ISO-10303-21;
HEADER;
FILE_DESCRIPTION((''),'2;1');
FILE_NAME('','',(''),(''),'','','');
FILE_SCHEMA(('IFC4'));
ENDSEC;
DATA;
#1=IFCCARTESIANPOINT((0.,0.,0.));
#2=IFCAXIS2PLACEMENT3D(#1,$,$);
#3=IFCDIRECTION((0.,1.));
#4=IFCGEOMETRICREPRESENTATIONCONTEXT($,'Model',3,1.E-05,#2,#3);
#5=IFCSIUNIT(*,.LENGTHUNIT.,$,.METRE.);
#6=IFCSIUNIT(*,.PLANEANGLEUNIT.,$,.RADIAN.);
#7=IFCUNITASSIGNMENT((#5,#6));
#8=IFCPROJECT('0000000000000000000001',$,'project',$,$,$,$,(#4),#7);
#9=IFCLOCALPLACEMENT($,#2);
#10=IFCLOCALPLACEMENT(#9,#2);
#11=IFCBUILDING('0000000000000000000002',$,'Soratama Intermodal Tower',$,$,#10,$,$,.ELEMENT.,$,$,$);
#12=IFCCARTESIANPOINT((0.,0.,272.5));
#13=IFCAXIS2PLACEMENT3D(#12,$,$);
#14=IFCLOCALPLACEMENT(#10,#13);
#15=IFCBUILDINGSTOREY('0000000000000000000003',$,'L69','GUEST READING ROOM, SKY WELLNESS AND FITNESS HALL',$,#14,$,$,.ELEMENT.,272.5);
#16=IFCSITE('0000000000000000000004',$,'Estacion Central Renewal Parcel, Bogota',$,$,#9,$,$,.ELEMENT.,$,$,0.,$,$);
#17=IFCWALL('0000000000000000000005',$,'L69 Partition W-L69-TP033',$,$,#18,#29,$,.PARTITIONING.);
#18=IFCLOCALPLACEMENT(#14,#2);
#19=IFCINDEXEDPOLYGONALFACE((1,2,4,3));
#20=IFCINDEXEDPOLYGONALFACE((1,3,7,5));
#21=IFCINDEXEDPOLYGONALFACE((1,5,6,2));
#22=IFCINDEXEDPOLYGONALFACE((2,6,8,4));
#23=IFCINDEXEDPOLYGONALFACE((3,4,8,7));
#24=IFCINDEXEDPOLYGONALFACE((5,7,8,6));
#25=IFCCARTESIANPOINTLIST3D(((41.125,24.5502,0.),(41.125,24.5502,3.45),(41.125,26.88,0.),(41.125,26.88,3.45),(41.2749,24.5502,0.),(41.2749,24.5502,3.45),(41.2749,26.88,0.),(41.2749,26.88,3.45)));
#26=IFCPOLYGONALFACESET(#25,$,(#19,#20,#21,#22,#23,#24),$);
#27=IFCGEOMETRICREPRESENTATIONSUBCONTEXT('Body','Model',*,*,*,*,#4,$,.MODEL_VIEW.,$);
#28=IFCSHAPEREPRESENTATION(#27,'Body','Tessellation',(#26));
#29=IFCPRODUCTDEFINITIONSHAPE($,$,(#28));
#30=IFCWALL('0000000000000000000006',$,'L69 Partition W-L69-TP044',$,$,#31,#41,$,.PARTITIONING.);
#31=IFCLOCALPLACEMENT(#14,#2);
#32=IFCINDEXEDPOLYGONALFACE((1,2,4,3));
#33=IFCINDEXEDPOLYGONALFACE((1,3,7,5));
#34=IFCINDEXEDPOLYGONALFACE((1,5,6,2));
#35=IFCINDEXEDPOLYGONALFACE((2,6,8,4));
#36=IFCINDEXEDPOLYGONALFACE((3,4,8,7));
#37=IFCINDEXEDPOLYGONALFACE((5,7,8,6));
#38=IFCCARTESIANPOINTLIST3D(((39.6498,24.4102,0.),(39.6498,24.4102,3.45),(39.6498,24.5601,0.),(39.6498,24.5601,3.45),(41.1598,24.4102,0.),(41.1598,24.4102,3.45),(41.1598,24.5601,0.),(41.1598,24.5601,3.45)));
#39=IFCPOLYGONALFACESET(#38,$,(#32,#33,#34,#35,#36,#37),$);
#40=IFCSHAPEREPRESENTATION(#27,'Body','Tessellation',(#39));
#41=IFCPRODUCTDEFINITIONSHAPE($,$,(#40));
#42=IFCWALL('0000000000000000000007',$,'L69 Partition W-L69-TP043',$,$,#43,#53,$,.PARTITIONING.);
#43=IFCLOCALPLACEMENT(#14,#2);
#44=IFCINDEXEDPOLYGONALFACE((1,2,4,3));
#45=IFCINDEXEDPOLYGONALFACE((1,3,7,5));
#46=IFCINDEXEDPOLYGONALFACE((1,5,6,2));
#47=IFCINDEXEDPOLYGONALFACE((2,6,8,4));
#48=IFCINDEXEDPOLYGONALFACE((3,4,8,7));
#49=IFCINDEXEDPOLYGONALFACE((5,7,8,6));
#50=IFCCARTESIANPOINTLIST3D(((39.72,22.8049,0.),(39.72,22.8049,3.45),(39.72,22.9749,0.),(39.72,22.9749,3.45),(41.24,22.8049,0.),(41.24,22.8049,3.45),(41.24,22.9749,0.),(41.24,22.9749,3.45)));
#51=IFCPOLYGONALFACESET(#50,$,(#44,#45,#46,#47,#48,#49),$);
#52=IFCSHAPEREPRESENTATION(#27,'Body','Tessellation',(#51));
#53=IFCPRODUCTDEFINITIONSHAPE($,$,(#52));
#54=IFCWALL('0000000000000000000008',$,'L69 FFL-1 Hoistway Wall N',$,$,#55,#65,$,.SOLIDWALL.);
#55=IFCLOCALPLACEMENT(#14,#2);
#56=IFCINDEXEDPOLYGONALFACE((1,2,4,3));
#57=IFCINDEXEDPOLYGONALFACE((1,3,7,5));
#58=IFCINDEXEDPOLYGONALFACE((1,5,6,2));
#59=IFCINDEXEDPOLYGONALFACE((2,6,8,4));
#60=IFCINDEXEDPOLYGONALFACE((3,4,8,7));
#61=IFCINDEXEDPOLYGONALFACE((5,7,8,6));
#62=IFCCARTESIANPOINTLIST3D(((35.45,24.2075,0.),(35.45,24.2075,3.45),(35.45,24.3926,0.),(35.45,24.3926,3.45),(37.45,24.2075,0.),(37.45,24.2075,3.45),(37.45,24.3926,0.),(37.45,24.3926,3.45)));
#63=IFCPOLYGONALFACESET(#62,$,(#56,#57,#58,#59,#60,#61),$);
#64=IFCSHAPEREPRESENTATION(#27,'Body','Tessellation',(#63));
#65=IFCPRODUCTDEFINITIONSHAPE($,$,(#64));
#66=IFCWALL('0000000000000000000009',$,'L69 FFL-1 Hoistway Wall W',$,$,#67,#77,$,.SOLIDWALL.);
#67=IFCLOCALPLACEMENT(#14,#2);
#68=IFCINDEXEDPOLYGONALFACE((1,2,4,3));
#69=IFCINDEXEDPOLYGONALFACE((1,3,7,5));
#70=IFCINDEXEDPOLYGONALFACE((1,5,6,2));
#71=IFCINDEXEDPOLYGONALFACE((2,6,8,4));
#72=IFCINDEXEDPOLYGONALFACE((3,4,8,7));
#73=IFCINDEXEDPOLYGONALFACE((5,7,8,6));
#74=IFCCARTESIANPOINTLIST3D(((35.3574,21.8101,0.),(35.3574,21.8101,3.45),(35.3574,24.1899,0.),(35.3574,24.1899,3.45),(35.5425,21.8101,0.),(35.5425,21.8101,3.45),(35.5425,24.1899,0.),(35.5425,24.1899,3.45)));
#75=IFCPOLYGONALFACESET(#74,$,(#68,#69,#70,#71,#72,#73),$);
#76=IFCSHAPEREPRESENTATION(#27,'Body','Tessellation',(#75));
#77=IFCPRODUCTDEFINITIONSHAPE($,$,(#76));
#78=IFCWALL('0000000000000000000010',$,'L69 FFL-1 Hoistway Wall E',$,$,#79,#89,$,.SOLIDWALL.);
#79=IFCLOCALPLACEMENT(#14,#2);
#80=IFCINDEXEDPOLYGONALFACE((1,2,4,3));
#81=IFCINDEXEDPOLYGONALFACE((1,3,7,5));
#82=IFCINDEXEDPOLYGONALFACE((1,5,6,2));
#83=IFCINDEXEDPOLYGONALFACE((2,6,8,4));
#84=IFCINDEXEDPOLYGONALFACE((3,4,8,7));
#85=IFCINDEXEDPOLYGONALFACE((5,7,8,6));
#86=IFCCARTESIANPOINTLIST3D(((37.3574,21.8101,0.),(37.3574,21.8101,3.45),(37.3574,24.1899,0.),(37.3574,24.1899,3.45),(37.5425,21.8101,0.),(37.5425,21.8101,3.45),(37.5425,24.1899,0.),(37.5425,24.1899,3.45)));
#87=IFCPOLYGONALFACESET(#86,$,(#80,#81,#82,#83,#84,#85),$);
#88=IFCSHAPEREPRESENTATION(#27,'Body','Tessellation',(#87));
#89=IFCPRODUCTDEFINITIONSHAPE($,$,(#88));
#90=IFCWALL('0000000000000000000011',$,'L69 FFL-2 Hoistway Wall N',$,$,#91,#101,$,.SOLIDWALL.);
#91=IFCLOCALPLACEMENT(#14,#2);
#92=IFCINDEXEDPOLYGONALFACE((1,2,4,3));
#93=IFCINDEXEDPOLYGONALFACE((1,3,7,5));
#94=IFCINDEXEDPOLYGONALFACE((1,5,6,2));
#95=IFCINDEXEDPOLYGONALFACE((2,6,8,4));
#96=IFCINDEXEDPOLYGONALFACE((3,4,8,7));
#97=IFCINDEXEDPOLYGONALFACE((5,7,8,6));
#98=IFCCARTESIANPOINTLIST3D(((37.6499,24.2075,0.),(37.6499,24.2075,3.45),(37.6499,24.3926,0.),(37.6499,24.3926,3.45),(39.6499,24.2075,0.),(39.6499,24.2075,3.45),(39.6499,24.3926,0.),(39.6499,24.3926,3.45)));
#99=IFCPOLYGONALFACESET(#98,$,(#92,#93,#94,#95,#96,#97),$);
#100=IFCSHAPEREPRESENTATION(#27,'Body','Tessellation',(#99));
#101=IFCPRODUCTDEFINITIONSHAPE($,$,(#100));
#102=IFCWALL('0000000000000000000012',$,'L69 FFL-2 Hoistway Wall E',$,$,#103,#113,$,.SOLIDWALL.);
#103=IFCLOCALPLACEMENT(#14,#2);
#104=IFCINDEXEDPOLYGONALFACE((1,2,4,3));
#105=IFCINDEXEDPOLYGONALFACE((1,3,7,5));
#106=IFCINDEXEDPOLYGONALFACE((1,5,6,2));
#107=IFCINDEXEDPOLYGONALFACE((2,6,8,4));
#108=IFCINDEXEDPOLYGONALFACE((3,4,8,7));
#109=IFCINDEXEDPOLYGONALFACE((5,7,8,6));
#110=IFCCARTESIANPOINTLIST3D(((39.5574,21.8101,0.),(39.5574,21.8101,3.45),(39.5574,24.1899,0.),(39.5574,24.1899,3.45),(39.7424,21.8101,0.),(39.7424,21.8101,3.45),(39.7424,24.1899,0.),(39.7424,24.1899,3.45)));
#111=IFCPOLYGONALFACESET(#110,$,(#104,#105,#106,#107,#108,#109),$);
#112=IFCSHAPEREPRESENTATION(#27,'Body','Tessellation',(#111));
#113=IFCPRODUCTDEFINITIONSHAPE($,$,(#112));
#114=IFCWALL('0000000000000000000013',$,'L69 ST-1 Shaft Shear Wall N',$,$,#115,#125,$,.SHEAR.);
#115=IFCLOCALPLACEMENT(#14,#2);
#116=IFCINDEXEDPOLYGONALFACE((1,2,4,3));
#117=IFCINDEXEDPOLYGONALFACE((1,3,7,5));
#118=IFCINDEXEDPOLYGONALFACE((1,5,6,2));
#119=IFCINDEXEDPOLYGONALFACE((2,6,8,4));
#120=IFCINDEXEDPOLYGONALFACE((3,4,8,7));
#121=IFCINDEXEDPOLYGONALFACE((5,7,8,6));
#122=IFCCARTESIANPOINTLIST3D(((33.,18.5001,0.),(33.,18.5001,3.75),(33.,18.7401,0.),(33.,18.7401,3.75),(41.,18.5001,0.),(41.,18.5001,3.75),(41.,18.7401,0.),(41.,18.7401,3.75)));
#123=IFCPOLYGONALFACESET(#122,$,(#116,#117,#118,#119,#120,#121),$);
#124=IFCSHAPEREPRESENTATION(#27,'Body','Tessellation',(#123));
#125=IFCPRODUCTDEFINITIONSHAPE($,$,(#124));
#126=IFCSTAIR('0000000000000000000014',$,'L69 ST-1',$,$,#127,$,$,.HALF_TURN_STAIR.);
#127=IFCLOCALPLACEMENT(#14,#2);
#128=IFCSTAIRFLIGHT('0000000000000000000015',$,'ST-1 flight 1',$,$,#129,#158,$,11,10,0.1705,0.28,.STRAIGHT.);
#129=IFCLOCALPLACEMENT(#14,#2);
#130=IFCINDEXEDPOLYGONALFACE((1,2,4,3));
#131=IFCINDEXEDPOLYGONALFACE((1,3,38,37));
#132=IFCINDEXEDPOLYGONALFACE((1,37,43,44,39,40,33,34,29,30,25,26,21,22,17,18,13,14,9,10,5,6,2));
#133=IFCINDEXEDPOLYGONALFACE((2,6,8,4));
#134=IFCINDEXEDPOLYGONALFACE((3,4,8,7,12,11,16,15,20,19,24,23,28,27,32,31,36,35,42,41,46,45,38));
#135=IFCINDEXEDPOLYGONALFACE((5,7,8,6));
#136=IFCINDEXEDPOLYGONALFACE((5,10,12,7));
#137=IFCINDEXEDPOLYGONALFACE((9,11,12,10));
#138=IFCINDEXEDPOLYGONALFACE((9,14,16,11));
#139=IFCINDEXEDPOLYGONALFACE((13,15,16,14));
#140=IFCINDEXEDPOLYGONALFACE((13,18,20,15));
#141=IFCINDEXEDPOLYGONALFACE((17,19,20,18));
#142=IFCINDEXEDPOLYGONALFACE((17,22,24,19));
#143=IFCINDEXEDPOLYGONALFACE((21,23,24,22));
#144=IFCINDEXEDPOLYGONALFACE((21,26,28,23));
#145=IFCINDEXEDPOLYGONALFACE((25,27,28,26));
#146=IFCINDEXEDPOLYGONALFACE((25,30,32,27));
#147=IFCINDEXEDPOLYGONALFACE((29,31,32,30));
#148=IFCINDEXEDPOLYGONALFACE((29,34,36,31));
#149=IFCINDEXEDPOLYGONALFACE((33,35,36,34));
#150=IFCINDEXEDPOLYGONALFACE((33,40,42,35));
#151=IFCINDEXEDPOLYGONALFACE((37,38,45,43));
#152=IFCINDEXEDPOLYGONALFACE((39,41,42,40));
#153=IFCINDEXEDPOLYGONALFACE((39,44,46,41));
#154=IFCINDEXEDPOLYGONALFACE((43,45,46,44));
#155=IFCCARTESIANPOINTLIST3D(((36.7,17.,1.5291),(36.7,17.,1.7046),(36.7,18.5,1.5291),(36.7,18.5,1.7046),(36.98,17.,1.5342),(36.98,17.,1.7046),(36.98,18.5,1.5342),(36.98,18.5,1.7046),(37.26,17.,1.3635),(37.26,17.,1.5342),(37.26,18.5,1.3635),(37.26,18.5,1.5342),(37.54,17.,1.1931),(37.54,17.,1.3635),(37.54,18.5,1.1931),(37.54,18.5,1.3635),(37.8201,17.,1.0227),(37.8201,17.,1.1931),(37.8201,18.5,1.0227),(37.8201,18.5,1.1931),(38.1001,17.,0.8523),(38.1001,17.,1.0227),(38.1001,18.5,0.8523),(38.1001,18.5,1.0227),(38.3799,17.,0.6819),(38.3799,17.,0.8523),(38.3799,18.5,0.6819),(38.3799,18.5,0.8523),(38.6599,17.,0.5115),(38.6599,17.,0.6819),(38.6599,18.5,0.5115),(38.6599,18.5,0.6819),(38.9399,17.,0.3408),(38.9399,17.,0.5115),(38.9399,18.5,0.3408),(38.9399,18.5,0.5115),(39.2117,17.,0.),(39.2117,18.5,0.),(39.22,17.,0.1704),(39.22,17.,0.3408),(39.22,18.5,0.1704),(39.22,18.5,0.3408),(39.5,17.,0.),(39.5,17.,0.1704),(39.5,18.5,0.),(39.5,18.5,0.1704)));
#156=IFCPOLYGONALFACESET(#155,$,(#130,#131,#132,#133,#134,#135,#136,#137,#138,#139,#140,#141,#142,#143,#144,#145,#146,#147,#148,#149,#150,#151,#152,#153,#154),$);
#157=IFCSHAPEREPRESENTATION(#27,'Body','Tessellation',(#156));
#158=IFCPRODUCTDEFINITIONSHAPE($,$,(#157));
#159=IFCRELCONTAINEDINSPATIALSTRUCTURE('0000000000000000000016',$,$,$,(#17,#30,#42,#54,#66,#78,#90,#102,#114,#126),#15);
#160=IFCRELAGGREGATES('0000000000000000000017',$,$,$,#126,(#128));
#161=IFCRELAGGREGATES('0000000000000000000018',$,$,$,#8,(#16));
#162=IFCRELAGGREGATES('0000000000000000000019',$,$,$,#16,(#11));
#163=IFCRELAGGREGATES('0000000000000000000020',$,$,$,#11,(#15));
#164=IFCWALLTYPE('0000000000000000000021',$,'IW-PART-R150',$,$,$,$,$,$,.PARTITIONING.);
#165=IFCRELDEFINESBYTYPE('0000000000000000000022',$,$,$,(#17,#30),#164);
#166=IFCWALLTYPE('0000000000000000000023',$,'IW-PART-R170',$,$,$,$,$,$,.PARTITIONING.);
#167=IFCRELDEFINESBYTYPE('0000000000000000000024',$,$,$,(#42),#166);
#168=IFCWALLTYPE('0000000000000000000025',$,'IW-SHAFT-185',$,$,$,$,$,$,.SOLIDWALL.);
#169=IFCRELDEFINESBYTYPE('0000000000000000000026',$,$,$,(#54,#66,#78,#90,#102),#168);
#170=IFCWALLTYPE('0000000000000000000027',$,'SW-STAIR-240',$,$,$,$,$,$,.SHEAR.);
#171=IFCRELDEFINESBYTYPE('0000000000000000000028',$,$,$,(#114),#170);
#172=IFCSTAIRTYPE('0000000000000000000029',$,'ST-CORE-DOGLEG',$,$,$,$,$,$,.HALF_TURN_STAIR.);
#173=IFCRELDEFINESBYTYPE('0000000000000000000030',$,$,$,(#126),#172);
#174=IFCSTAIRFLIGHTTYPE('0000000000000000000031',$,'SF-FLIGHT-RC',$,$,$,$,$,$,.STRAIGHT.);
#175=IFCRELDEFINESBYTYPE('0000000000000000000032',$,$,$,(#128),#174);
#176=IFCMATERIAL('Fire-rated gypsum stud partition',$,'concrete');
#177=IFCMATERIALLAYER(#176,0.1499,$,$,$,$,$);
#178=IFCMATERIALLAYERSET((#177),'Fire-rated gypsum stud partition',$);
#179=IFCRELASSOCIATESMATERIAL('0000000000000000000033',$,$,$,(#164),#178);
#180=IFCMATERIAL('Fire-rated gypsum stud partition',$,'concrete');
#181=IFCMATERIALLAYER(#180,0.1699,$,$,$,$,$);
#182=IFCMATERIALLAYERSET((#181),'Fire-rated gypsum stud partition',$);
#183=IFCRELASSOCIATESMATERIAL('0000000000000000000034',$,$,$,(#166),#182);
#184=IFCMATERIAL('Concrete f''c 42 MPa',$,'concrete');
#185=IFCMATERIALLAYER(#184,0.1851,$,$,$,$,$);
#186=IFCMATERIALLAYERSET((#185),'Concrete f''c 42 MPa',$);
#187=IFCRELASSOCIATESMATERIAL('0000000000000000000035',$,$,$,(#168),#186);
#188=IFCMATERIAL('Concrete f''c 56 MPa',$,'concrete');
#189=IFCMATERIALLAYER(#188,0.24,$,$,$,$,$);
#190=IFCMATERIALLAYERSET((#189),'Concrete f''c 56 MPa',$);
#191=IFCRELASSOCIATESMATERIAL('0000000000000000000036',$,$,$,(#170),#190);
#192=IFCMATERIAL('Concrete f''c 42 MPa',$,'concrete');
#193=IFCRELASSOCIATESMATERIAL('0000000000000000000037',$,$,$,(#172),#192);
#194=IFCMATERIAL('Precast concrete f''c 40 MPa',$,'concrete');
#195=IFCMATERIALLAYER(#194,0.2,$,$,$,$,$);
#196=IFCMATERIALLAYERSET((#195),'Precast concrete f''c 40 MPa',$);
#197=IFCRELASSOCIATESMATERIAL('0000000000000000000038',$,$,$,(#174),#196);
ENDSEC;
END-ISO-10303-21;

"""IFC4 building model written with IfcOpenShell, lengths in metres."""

from ifc_helpers import new_model, si_unit, direction, frame, frame_2d, origin, place, context, subcontext, project, spatial, polyline, rectangle, outline, extrude, material, layer, layer_set, type_object, element, aggregate, save


model = new_model("IFC4")

# Units and contexts
model_context = context("Model", 3, precision=1e-05, world=origin(), true_north=direction((0.0, 1.0)))
body_context = subcontext(model_context, "Body", "Model", "MODEL_VIEW")
ifc_project = project(units=[si_unit("LENGTHUNIT", "METRE"), si_unit("PLANEANGLEUNIT", "RADIAN")], contexts=[model_context])

# Site, building, storey
site_placement = place(None, origin())
site = spatial("IfcSite", under=ifc_project, at=site_placement, Name="Estacion Central Renewal Parcel, Bogota", CompositionType="ELEMENT", RefElevation=0.0)
building_placement = place(site_placement, origin())
building = spatial("IfcBuilding", under=site, at=building_placement, Name="Soratama Intermodal Tower", CompositionType="ELEMENT")
storey_placement = place(building_placement, frame((0.0, 0.0, 272.5)))
storey = spatial("IfcBuildingStorey", under=building, at=storey_placement, Name="L69", Description="GUEST READING ROOM, SKY WELLNESS AND FITNESS HALL", CompositionType="ELEMENT", Elevation=272.5)

# Walls
ifc_material_1 = material(Name="Fire-rated gypsum stud partition", Category="concrete")
ifc_layer_1 = layer(ifc_material_1, 0.1499)
ifc_layer_set_1 = layer_set([ifc_layer_1], Name="Fire-rated gypsum stud partition")
wall_type_1 = type_object("IfcWallType", Name="IW-PART-R150", PredefinedType="PARTITIONING", material=ifc_layer_set_1)
wall_1_placement = place(storey_placement, frame((41.2, 24.55, 0.0), z_axis=(0.0, 0.0, 1.0), x_axis=(0.0, 1.0, 0.0)))
element("IfcWall", 1, at=wall_1_placement, inside=storey, type_object=wall_type_1, Name="L69 Partition W-L69-TP033", PredefinedType="PARTITIONING", context=body_context, shape_type="SweptSolid", body=[
    extrude(rectangle(XDim=2.3298, YDim=0.1499, at=frame_2d((1.165, 0.0))), origin(), (0.0, 0.0, 1.0), 3.45),
])
wall_2_placement = place(storey_placement, frame((39.6499, 24.4851, 0.0), z_axis=(0.0, 0.0, 1.0), x_axis=(1.0, 0.0, 0.0)))
element("IfcWall", 2, at=wall_2_placement, inside=storey, type_object=wall_type_1, Name="L69 Partition W-L69-TP044", PredefinedType="PARTITIONING", context=body_context, shape_type="SweptSolid", body=[
    extrude(rectangle(XDim=1.51, YDim=0.1499, at=frame_2d((0.7549, 0.0))), origin(), (0.0, 0.0, 1.0), 3.45),
])
ifc_material_2 = material(Name="Fire-rated gypsum stud partition", Category="concrete")
ifc_layer_2 = layer(ifc_material_2, 0.1699)
ifc_layer_set_2 = layer_set([ifc_layer_2], Name="Fire-rated gypsum stud partition")
wall_type_2 = type_object("IfcWallType", Name="IW-PART-R170", PredefinedType="PARTITIONING", material=ifc_layer_set_2)
wall_3_placement = place(storey_placement, frame((39.72, 22.8899, 0.0), z_axis=(0.0, 0.0, 1.0), x_axis=(1.0, 0.0, 0.0)))
element("IfcWall", 3, at=wall_3_placement, inside=storey, type_object=wall_type_2, Name="L69 Partition W-L69-TP043", PredefinedType="PARTITIONING", context=body_context, shape_type="SweptSolid", body=[
    extrude(rectangle(XDim=1.52, YDim=0.1699, at=frame_2d((0.76, 0.0))), origin(), (0.0, 0.0, 1.0), 3.45),
])

# Shared definitions
ifc_material_3 = material(Name="Concrete f'c 42 MPa", Category="concrete")
ifc_layer_3 = layer(ifc_material_3, 0.1851)
ifc_layer_set_3 = layer_set([ifc_layer_3], Name="Concrete f'c 42 MPa")
wall_type_3 = type_object("IfcWallType", Name="IW-SHAFT-185", PredefinedType="SOLIDWALL", material=ifc_layer_set_3)

# Walls
wall_4_placement = place(storey_placement, frame((35.45, 24.3, 0.0), z_axis=(0.0, 0.0, 1.0), x_axis=(1.0, 0.0, 0.0)))
element("IfcWall", 4, at=wall_4_placement, inside=storey, type_object=wall_type_3, Name="L69 FFL-1 Hoistway Wall N", PredefinedType="SOLIDWALL", context=body_context, shape_type="SweptSolid", body=[
    extrude(rectangle(XDim=2.0, YDim=0.1851, at=frame_2d((1.0, 0.0))), origin(), (0.0, 0.0, 1.0), 3.45),
])
for number, where, z_axis, x_axis, name in (
    (5, (35.45, 21.8101, 0.0), (0.0, 0.0, 1.0), (0.0, 1.0, 0.0), "L69 FFL-1 Hoistway Wall W"),
    (6, (37.45, 21.8101, 0.0), (0.0, 0.0, 1.0), (0.0, 1.0, 0.0), "L69 FFL-1 Hoistway Wall E"),
):
    element("IfcWall", number, at=place(storey_placement, frame(where, z_axis=z_axis, x_axis=x_axis)), inside=storey, type_object=wall_type_3, Name=name, PredefinedType="SOLIDWALL", context=body_context, shape_type="SweptSolid", body=[
        extrude(rectangle(XDim=2.3799, YDim=0.1851, at=frame_2d((1.1899, 0.0))), origin(), (0.0, 0.0, 1.0), 3.45),
    ])

# Walls
wall_5_placement = place(storey_placement, frame((37.6499, 24.3, 0.0), z_axis=(0.0, 0.0, 1.0), x_axis=(1.0, 0.0, 0.0)))
element("IfcWall", 7, at=wall_5_placement, inside=storey, type_object=wall_type_3, Name="L69 FFL-2 Hoistway Wall N", PredefinedType="SOLIDWALL", context=body_context, shape_type="SweptSolid", body=[
    extrude(rectangle(XDim=2.0, YDim=0.1851, at=frame_2d((1.0, 0.0))), origin(), (0.0, 0.0, 1.0), 3.45),
])
wall_6_placement = place(storey_placement, frame((39.6499, 21.8101, 0.0), z_axis=(0.0, 0.0, 1.0), x_axis=(0.0, 1.0, 0.0)))
element("IfcWall", 8, at=wall_6_placement, inside=storey, type_object=wall_type_3, Name="L69 FFL-2 Hoistway Wall E", PredefinedType="SOLIDWALL", context=body_context, shape_type="SweptSolid", body=[
    extrude(rectangle(XDim=2.3799, YDim=0.1851, at=frame_2d((1.1899, 0.0))), origin(), (0.0, 0.0, 1.0), 3.45),
])

# Wall
ifc_material_4 = material(Name="Concrete f'c 56 MPa", Category="concrete")
ifc_layer_4 = layer(ifc_material_4, 0.24)
ifc_layer_set_4 = layer_set([ifc_layer_4], Name="Concrete f'c 56 MPa")
wall_type_4 = type_object("IfcWallType", Name="SW-STAIR-240", PredefinedType="SHEAR", material=ifc_layer_set_4)
wall_7_placement = place(storey_placement, frame((33.0, 18.6201, 0.0), z_axis=(0.0, 0.0, 1.0), x_axis=(1.0, 0.0, 0.0)))
element("IfcWall", 9, at=wall_7_placement, inside=storey, type_object=wall_type_4, Name="L69 ST-1 Shaft Shear Wall N", PredefinedType="SHEAR", context=body_context, shape_type="SweptSolid", body=[
    extrude(rectangle(XDim=8.0, YDim=0.24, at=frame_2d((4.0, 0.0))), origin(), (0.0, 0.0, 1.0), 3.75),
])

# Stair, stair flight
ifc_material_5 = material(Name="Concrete f'c 42 MPa", Category="concrete")
stair_type = type_object("IfcStairType", Name="ST-CORE-DOGLEG", PredefinedType="HALF_TURN_STAIR", material=ifc_material_5)
stair_placement = place(storey_placement, origin())
stair = element("IfcStair", 10, at=stair_placement, inside=storey, type_object=stair_type, Name="L69 ST-1", PredefinedType="HALF_TURN_STAIR")
ifc_material_6 = material(Name="Precast concrete f'c 40 MPa", Category="concrete")
ifc_layer_5 = layer(ifc_material_6, 0.2)
ifc_layer_set_5 = layer_set([ifc_layer_5], Name="Precast concrete f'c 40 MPa")
stair_flight_type = type_object("IfcStairFlightType", Name="SF-FLIGHT-RC", PredefinedType="STRAIGHT", material=ifc_layer_set_5)
stair_flight_placement = place(storey_placement, frame((39.5, 17.75, 0.0), z_axis=(0.0, 0.0, 1.0), x_axis=(-1.0, 0.0, 0.0)))
stair_flight = element("IfcStairFlight", 11, at=stair_flight_placement, type_object=stair_flight_type, Name="ST-1 flight 1", NumberOfRisers=11, NumberOfTreads=10, PredefinedType="STRAIGHT", RiserHeight=0.1705, TreadLength=0.28, context=body_context, shape_type="SweptSolid", body=[
    extrude(outline(polyline([(0.0, 0.0), (0.0, 0.1704), (0.28, 0.1704), (0.28, 0.3408), (0.5601, 0.3408), (0.5601, 0.5115), (0.8401, 0.5115), (0.8401, 0.6819), (1.1201, 0.6819), (1.1201, 0.8523), (1.3999, 0.8523), (1.3999, 1.0227), (1.6799, 1.0227), (1.6799, 1.1931), (1.96, 1.1931), (1.96, 1.3635), (2.24, 1.3635), (2.24, 1.5342), (2.52, 1.5342), (2.52, 1.7046), (2.8, 1.7046), (2.8, 1.875), (2.8, 1.5291), (0.2883, 0.0), (0.0, 0.0)])), frame((0.0, 0.75, 0.0), z_axis=(0.0, -1.0, 0.0), x_axis=(1.0, 0.0, 0.0)), (0.0, 0.0, 1.0), 1.5),
])
aggregate(stair, [stair_flight])

save(model, "model.ifc")
